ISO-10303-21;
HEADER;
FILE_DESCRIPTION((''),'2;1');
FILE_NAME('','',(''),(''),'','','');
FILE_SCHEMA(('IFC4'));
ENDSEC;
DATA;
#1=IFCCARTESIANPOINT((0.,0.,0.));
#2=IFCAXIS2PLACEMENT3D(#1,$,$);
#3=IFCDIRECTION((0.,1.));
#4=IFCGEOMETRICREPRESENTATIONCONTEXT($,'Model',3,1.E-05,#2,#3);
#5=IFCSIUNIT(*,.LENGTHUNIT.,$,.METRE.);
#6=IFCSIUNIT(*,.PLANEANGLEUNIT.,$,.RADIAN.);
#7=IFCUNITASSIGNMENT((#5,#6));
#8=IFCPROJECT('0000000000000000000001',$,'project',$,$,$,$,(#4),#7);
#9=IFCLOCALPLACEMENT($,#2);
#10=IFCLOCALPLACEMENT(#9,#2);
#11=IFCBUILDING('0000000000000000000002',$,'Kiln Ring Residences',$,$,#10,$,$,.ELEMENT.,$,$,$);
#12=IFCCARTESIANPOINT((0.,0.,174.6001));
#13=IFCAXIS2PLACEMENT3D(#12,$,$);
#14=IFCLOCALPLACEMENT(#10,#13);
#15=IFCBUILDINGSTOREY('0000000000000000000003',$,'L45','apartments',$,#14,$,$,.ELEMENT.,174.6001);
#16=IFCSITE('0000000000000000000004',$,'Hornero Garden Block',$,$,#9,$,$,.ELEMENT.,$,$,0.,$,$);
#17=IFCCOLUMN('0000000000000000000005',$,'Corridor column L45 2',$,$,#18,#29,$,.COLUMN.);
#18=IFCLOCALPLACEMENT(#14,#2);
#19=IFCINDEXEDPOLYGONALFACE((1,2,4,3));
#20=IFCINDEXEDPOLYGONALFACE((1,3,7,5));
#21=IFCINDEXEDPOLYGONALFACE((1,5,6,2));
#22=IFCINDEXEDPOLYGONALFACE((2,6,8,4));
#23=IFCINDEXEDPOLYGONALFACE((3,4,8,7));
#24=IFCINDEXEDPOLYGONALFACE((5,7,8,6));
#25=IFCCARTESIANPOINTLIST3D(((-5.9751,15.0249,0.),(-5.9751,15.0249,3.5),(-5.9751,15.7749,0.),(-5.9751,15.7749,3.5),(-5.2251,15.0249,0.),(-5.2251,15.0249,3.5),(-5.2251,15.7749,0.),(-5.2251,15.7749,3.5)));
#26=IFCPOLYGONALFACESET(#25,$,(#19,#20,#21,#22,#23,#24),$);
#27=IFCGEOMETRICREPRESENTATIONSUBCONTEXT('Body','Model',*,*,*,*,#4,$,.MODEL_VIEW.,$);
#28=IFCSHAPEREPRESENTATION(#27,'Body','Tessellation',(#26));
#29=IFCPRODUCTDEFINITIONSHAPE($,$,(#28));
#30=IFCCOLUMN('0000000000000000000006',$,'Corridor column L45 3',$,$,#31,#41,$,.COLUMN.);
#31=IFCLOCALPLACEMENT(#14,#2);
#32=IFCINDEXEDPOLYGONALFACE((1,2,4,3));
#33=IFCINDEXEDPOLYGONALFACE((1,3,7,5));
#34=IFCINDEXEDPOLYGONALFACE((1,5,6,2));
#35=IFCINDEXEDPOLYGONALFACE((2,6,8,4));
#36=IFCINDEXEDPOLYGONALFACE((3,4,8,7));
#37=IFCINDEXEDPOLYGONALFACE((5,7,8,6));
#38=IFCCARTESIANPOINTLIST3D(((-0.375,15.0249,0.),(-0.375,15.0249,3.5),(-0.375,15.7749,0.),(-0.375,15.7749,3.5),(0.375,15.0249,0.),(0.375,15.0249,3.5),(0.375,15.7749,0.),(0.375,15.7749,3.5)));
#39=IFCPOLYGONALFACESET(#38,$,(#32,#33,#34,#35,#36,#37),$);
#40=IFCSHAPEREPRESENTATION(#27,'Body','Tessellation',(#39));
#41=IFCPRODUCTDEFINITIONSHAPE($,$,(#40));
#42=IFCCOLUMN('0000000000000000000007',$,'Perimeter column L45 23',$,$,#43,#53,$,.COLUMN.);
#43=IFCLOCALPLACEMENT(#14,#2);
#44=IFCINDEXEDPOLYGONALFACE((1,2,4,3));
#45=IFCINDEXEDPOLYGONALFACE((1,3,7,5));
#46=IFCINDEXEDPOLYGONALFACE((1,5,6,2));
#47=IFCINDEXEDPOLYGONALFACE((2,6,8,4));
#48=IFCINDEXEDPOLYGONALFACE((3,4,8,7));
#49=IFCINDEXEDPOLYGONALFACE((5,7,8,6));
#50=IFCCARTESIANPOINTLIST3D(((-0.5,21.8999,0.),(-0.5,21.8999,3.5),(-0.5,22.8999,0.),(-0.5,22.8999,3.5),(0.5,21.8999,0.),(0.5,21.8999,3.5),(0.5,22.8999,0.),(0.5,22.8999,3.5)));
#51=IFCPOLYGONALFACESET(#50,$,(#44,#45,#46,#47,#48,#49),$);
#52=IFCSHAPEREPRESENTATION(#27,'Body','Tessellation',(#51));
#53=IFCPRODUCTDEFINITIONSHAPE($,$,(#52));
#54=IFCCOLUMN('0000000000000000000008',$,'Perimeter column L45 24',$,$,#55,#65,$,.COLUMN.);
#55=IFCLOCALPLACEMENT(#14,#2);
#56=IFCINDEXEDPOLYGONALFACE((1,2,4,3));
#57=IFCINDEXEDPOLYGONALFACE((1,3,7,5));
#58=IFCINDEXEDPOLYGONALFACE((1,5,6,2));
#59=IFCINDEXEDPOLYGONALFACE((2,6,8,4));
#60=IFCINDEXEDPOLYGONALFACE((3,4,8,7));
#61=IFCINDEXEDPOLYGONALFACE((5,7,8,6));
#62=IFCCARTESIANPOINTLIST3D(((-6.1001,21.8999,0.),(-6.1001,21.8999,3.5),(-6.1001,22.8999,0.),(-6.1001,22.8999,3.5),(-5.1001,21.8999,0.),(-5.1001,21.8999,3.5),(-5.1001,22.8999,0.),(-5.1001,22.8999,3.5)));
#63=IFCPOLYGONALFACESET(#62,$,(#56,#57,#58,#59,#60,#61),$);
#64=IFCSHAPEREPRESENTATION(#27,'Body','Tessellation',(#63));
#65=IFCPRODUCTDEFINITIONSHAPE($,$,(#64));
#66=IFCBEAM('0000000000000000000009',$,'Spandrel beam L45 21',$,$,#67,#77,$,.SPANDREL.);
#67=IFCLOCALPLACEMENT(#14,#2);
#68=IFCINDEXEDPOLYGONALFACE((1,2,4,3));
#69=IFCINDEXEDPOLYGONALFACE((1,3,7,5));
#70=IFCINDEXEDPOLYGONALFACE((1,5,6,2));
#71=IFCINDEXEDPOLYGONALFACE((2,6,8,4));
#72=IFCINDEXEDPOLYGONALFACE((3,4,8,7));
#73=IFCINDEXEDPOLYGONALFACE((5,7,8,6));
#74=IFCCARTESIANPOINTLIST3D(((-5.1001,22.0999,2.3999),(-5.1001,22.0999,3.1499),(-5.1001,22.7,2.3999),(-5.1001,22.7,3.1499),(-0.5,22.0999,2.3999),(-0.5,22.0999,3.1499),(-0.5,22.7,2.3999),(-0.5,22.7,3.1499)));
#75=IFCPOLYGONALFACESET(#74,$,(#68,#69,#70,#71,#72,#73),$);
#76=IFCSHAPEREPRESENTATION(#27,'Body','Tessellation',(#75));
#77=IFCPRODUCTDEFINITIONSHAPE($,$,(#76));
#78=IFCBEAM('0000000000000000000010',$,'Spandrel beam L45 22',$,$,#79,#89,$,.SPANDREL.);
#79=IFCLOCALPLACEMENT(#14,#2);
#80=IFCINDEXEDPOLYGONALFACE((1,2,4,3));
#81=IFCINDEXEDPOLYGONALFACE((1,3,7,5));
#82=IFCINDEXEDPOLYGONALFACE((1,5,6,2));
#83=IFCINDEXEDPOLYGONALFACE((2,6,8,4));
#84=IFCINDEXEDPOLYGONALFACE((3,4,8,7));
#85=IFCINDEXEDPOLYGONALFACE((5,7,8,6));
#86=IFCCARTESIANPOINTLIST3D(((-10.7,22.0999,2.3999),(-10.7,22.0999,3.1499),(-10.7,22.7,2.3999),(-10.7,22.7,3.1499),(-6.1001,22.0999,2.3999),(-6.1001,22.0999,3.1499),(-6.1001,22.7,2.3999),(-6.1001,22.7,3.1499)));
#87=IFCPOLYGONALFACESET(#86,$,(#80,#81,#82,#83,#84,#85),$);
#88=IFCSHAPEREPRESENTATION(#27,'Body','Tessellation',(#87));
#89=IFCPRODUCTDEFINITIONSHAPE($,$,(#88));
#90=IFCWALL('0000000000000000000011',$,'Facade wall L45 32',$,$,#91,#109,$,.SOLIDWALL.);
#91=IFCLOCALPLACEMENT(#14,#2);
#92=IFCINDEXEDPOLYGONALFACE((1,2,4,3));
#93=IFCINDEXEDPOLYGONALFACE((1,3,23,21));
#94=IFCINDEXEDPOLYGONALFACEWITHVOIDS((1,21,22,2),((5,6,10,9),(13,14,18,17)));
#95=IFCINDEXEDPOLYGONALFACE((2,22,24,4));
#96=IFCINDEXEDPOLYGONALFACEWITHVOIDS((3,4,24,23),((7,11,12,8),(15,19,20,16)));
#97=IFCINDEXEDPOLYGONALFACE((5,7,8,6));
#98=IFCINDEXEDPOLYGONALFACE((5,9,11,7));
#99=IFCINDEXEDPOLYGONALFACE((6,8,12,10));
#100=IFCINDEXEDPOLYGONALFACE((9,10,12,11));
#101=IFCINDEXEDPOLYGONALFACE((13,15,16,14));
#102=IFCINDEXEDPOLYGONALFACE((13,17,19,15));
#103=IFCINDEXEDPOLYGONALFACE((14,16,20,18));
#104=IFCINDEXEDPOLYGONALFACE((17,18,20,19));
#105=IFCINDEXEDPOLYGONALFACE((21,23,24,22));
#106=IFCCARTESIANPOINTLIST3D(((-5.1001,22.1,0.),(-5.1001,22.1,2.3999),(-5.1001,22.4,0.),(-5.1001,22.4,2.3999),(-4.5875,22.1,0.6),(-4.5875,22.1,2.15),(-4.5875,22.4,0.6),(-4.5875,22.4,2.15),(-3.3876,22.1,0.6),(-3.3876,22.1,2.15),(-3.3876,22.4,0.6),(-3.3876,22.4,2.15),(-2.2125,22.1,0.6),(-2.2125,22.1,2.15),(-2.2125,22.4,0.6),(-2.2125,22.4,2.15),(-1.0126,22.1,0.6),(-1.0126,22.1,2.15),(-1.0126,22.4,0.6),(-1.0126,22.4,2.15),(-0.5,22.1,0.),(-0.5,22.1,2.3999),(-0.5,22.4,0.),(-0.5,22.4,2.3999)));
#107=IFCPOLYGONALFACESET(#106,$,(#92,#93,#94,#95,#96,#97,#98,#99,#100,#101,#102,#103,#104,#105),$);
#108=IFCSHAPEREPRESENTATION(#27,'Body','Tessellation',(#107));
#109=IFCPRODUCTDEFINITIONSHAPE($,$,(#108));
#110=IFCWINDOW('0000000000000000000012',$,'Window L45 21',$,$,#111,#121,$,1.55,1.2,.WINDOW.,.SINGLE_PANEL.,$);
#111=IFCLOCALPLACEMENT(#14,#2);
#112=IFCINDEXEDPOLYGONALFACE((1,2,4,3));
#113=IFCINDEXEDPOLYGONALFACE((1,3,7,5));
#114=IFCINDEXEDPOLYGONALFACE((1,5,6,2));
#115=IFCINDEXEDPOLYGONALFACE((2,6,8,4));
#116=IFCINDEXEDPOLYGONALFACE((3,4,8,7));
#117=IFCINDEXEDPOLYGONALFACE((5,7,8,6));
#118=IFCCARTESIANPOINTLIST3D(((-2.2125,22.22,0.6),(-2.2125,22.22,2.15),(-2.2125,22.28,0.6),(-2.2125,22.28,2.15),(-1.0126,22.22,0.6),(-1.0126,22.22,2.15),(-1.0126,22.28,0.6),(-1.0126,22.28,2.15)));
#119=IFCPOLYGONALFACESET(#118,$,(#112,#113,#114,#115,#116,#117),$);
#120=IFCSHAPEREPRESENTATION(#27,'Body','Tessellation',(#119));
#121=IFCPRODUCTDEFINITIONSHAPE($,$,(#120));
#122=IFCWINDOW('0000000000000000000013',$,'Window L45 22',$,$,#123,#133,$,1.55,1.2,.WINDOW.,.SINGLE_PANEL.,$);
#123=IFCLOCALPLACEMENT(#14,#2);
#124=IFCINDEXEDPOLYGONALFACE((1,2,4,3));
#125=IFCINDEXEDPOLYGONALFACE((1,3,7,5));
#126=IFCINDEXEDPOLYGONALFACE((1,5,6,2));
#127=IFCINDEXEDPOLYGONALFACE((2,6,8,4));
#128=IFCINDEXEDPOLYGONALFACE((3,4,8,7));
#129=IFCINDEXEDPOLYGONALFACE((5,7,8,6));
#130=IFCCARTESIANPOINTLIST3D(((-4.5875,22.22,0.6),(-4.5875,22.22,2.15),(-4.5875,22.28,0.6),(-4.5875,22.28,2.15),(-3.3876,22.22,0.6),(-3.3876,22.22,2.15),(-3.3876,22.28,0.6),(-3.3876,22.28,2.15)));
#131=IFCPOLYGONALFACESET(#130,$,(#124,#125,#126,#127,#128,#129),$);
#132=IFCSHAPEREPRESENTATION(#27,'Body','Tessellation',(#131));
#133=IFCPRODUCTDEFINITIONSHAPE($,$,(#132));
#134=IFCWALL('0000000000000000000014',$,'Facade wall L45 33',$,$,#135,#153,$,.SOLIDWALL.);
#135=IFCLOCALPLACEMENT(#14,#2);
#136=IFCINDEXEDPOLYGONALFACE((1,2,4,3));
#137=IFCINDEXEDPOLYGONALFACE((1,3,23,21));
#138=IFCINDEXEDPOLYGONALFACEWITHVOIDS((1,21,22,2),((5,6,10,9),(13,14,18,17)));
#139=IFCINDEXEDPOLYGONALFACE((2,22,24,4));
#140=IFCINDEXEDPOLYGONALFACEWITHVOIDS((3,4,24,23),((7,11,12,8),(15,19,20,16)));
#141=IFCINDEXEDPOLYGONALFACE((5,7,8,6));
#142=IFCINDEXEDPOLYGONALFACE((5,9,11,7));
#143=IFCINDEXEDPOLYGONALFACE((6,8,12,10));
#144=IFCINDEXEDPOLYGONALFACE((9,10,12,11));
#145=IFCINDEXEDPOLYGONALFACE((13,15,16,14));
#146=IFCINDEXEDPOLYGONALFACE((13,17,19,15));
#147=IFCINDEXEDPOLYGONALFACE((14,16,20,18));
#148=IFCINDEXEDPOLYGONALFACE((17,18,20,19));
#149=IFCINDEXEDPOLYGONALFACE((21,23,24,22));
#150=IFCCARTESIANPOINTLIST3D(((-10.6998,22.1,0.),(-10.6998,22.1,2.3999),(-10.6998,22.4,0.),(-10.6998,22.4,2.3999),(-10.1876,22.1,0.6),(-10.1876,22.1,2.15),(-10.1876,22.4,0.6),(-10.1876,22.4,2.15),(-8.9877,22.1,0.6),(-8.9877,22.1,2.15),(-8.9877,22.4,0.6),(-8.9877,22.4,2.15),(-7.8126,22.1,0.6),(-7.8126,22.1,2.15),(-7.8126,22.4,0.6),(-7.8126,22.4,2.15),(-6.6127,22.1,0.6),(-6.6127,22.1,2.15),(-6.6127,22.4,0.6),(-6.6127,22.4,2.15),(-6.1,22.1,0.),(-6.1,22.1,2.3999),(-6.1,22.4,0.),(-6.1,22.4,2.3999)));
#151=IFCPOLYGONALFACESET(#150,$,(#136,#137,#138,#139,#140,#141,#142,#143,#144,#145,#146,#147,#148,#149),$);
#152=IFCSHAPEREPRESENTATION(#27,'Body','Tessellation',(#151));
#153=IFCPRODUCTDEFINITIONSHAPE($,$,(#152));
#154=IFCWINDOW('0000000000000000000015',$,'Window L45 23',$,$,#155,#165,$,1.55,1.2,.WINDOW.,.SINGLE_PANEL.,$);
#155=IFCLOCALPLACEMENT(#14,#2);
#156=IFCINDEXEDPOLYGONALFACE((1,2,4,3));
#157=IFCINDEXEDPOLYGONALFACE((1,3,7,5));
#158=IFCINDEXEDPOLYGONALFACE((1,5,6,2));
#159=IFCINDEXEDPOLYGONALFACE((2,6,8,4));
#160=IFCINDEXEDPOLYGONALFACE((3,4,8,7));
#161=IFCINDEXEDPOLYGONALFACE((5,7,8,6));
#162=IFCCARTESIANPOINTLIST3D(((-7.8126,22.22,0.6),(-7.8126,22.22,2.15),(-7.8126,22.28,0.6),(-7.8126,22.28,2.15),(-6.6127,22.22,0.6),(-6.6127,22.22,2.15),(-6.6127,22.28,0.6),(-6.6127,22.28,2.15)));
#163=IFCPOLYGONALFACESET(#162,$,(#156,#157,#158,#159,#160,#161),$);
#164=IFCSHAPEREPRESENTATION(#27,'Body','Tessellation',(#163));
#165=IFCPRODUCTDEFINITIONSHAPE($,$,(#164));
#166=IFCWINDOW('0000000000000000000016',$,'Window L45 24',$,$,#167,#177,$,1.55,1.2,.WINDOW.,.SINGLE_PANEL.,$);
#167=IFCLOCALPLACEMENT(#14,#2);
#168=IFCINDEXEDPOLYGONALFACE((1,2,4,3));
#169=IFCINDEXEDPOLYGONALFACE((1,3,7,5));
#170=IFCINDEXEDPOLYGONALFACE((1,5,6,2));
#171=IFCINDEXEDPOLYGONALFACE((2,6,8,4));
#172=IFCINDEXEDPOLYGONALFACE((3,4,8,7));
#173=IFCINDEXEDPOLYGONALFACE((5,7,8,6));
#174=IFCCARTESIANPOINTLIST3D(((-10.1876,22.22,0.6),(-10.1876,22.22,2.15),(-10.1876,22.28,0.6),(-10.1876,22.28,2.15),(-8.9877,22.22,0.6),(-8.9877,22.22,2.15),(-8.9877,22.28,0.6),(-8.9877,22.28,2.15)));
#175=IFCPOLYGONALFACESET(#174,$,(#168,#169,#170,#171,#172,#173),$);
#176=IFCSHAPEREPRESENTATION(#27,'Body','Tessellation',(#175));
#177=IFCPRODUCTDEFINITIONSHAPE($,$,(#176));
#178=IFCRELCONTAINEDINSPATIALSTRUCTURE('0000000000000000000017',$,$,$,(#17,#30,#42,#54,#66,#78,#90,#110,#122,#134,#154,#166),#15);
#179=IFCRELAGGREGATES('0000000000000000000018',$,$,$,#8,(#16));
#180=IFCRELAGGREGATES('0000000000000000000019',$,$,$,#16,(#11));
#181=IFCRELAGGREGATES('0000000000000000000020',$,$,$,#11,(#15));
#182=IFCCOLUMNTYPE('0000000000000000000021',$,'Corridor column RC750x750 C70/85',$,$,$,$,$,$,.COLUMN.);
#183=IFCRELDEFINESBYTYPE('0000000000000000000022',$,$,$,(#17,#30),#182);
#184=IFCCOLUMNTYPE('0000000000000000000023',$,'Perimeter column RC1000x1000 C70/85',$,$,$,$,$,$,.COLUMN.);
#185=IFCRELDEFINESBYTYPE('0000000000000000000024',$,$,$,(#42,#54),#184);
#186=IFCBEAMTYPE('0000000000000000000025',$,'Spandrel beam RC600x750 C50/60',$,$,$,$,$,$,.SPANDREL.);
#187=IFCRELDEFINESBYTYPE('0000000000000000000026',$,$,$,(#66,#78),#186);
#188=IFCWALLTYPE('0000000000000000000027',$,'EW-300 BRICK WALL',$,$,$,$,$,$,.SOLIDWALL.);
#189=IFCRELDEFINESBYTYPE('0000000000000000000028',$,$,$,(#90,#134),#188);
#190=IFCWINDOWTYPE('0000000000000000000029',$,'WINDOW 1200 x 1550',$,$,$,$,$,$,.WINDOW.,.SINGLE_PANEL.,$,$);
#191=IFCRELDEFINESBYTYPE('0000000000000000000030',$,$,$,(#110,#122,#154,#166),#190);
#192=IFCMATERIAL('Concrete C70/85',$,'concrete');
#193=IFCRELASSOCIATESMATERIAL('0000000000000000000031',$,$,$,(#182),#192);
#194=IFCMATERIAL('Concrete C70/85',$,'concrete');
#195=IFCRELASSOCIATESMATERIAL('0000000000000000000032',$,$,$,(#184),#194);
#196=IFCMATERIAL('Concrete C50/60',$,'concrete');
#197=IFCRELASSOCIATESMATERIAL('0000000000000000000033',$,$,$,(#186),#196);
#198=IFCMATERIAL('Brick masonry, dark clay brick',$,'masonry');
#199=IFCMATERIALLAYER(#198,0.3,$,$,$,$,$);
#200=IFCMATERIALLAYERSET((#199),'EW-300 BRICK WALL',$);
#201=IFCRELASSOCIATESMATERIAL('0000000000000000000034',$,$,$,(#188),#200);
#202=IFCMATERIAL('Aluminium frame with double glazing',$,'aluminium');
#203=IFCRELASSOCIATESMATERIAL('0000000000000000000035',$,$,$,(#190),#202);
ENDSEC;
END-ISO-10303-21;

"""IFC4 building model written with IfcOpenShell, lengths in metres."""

from ifc_helpers import new_model, si_unit, direction, frame, frame_2d, origin, origin_2d, place, context, subcontext, project, spatial, rectangle, extrude, material, layer, layer_set, material_profile, profile_set, type_object, element, fill, save


model = new_model("IFC4")

# Units and contexts
model_context = context("Model", 3, precision=1e-05, world=origin(), true_north=direction((0.0, 1.0)))
body_context = subcontext(model_context, "Body", "Model", "MODEL_VIEW")
ifc_project = project(units=[si_unit("LENGTHUNIT", "METRE"), si_unit("PLANEANGLEUNIT", "RADIAN")], contexts=[model_context])

# Site, building, storey
site_placement = place(None, origin())
site = spatial("IfcSite", under=ifc_project, at=site_placement, Name="Hornero Garden Block", CompositionType="ELEMENT", RefElevation=0.0)
building_placement = place(site_placement, origin())
building = spatial("IfcBuilding", under=site, at=building_placement, Name="Kiln Ring Residences", CompositionType="ELEMENT")
storey_placement = place(building_placement, frame((0.0, 0.0, 174.6001)))
storey = spatial("IfcBuildingStorey", under=building, at=storey_placement, Name="L45", Description="apartments", CompositionType="ELEMENT", Elevation=174.6001)

# Columns
ifc_material_1 = material(Name="Concrete C70/85", Category="concrete")
ifc_material_profile_1 = material_profile(ifc_material_1, rectangle(XDim=0.75, YDim=0.75, at=origin_2d()), Name="RC750x750")
ifc_profile_set_1 = profile_set([ifc_material_profile_1], Name="Concrete C70/85")
column_type_1 = type_object("IfcColumnType", Name="Corridor column RC750x750 C70/85", PredefinedType="COLUMN", material=ifc_profile_set_1)
for number, where, z_axis, x_axis, name in (
    (1, (-5.6001, 15.3999, 0.0), (0.0, 0.0, 1.0), (1.0, 0.0, 0.0), "Corridor column L45 2"),
    (2, (0.0, 15.3999, 0.0), (0.0, 0.0, 1.0), (1.0, 0.0, 0.0), "Corridor column L45 3"),
):
    element("IfcColumn", number, at=place(storey_placement, frame(where, z_axis=z_axis, x_axis=x_axis)), inside=storey, type_object=column_type_1, Name=name, PredefinedType="COLUMN", context=body_context, shape_type="SweptSolid", body=[
        extrude(rectangle(XDim=0.75, YDim=0.75, at=origin_2d()), origin(), (0.0, 0.0, 1.0), 3.5),
    ])
ifc_material_2 = material(Name="Concrete C70/85", Category="concrete")
ifc_material_profile_2 = material_profile(ifc_material_2, rectangle(XDim=1.0, YDim=1.0, at=origin_2d()), Name="RC1000x1000")
ifc_profile_set_2 = profile_set([ifc_material_profile_2], Name="Concrete C70/85")
column_type_2 = type_object("IfcColumnType", Name="Perimeter column RC1000x1000 C70/85", PredefinedType="COLUMN", material=ifc_profile_set_2)
for number, where, z_axis, x_axis, name in (
    (3, (0.0, 22.3999, 0.0), (0.0, 0.0, 1.0), (1.0, 0.0, 0.0), "Perimeter column L45 23"),
    (4, (-5.6001, 22.3999, 0.0), (0.0, 0.0, 1.0), (1.0, 0.0, 0.0), "Perimeter column L45 24"),
):
    element("IfcColumn", number, at=place(storey_placement, frame(where, z_axis=z_axis, x_axis=x_axis)), inside=storey, type_object=column_type_2, Name=name, PredefinedType="COLUMN", context=body_context, shape_type="SweptSolid", body=[
        extrude(rectangle(XDim=1.0, YDim=1.0, at=origin_2d()), origin(), (0.0, 0.0, 1.0), 3.5),
    ])

# Beams
ifc_material_3 = material(Name="Concrete C50/60", Category="concrete")
ifc_material_profile_3 = material_profile(ifc_material_3, rectangle(XDim=0.6001, YDim=0.75, at=origin_2d()), Name="RC600x750")
ifc_profile_set_3 = profile_set([ifc_material_profile_3], Name="Concrete C50/60")
beam_type = type_object("IfcBeamType", Name="Spandrel beam RC600x750 C50/60", PredefinedType="SPANDREL", material=ifc_profile_set_3)
beam_1_placement = place(storey_placement, frame((-0.5, 22.3999, 2.7749), z_axis=(-1.0, 0.0, 0.0), x_axis=(0.0, -1.0, 0.0)))
element("IfcBeam", 5, at=beam_1_placement, inside=storey, type_object=beam_type, Name="Spandrel beam L45 21", PredefinedType="SPANDREL", context=body_context, shape_type="SweptSolid", body=[
    extrude(rectangle(XDim=0.6001, YDim=0.75, at=origin_2d()), origin(), (0.0, 0.0, 1.0), 4.6001),
])
beam_2_placement = place(storey_placement, frame((-6.1001, 22.3999, 2.7749), z_axis=(-1.0, 0.0, 0.0), x_axis=(0.0, -1.0, 0.0)))
element("IfcBeam", 6, at=beam_2_placement, inside=storey, type_object=beam_type, Name="Spandrel beam L45 22", PredefinedType="SPANDREL", context=body_context, shape_type="SweptSolid", body=[
    extrude(rectangle(XDim=0.6001, YDim=0.75, at=origin_2d()), origin(), (0.0, 0.0, 1.0), 4.5999),
])

# Walls, openings, windows
ifc_material_4 = material(Name="Brick masonry, dark clay brick", Category="masonry")
ifc_layer_1 = layer(ifc_material_4, 0.3)
ifc_layer_set_1 = layer_set([ifc_layer_1], Name="EW-300 BRICK WALL")
wall_type_1 = type_object("IfcWallType", Name="EW-300 BRICK WALL", PredefinedType="SOLIDWALL", material=ifc_layer_set_1)
wall_1_placement = place(storey_placement, frame((-0.5, 22.25, 0.0), z_axis=(0.0, 0.0, 1.0), x_axis=(-1.0, 0.0, 0.0)))
wall_1 = element("IfcWall", 7, at=wall_1_placement, inside=storey, type_object=wall_type_1, Name="Facade wall L45 32", PredefinedType="SOLIDWALL", context=body_context, shape_type="SweptSolid", body=[
    extrude(rectangle(XDim=4.6001, YDim=0.3, at=frame_2d((2.3, 0.0))), origin(), (0.0, 0.0, 1.0), 2.3999),
])
opening_1_placement = place(wall_1_placement, frame((0.5125, 0.0, 0.6001)))
opening_1 = element("IfcOpeningElement", 8, at=opening_1_placement, cuts=wall_1, PredefinedType="OPENING", context=body_context, shape_type="SweptSolid", body=[
    extrude(rectangle(XDim=1.2, YDim=1.55, at=frame_2d((0.6001, 0.7749))), frame((0.0, 0.1599, 0.0), z_axis=(0.0, -1.0, 0.0), x_axis=(1.0, 0.0, 0.0)), (0.0, 0.0, 1.0), 0.3201),
])
opening_2_placement = place(wall_1_placement, frame((2.8875, 0.0, 0.6001)))
opening_2 = element("IfcOpeningElement", 9, at=opening_2_placement, cuts=wall_1, PredefinedType="OPENING", context=body_context, shape_type="SweptSolid", body=[
    extrude(rectangle(XDim=1.2, YDim=1.55, at=frame_2d((0.6001, 0.7749))), frame((0.0, 0.1599, 0.0), z_axis=(0.0, -1.0, 0.0), x_axis=(1.0, 0.0, 0.0)), (0.0, 0.0, 1.0), 0.3201),
])
ifc_material_5 = material(Name="Aluminium frame with double glazing", Category="aluminium")
window_type = type_object("IfcWindowType", Name="WINDOW 1200 x 1550", PartitioningType="SINGLE_PANEL", PredefinedType="WINDOW", material=ifc_material_5)
window_1_placement = place(opening_1_placement, origin())
window_1 = element("IfcWindow", 10, at=window_1_placement, inside=storey, type_object=window_type, Name="Window L45 21", OverallHeight=1.55, OverallWidth=1.2, PartitioningType="SINGLE_PANEL", PredefinedType="WINDOW", context=body_context, shape_type="SweptSolid", body=[
    extrude(rectangle(XDim=1.2, YDim=1.55, at=frame_2d((0.6001, 0.7749))), frame((0.0, 0.03, 0.0), z_axis=(0.0, -1.0, 0.0), x_axis=(1.0, 0.0, 0.0)), (0.0, 0.0, 1.0), 0.0601),
])
fill(opening_1, window_1)
window_2_placement = place(opening_2_placement, origin())
window_2 = element("IfcWindow", 11, at=window_2_placement, inside=storey, type_object=window_type, Name="Window L45 22", OverallHeight=1.55, OverallWidth=1.2, PartitioningType="SINGLE_PANEL", PredefinedType="WINDOW", context=body_context, shape_type="SweptSolid", body=[
    extrude(rectangle(XDim=1.2, YDim=1.55, at=frame_2d((0.6001, 0.7749))), frame((0.0, 0.03, 0.0), z_axis=(0.0, -1.0, 0.0), x_axis=(1.0, 0.0, 0.0)), (0.0, 0.0, 1.0), 0.0601),
])
fill(opening_2, window_2)
wall_2_placement = place(storey_placement, frame((-6.1001, 22.25, 0.0), z_axis=(0.0, 0.0, 1.0), x_axis=(-1.0, 0.0, 0.0)))
wall_2 = element("IfcWall", 12, at=wall_2_placement, inside=storey, type_object=wall_type_1, Name="Facade wall L45 33", PredefinedType="SOLIDWALL", context=body_context, shape_type="SweptSolid", body=[
    extrude(rectangle(XDim=4.5999, YDim=0.3, at=frame_2d((2.2998, 0.0))), origin(), (0.0, 0.0, 1.0), 2.3999),
])
opening_3_placement = place(wall_2_placement, frame((0.5125, 0.0, 0.6001)))
opening_3 = element("IfcOpeningElement", 13, at=opening_3_placement, cuts=wall_2, PredefinedType="OPENING", context=body_context, shape_type="SweptSolid", body=[
    extrude(rectangle(XDim=1.2, YDim=1.55, at=frame_2d((0.6001, 0.7749))), frame((0.0, 0.1599, 0.0), z_axis=(0.0, -1.0, 0.0), x_axis=(1.0, 0.0, 0.0)), (0.0, 0.0, 1.0), 0.3201),
])
opening_4_placement = place(wall_2_placement, frame((2.8875, 0.0, 0.6001)))
opening_4 = element("IfcOpeningElement", 14, at=opening_4_placement, cuts=wall_2, PredefinedType="OPENING", context=body_context, shape_type="SweptSolid", body=[
    extrude(rectangle(XDim=1.2, YDim=1.55, at=frame_2d((0.6001, 0.7749))), frame((0.0, 0.1599, 0.0), z_axis=(0.0, -1.0, 0.0), x_axis=(1.0, 0.0, 0.0)), (0.0, 0.0, 1.0), 0.3201),
])
window_3_placement = place(opening_3_placement, origin())
window_3 = element("IfcWindow", 15, at=window_3_placement, inside=storey, type_object=window_type, Name="Window L45 23", OverallHeight=1.55, OverallWidth=1.2, PartitioningType="SINGLE_PANEL", PredefinedType="WINDOW", context=body_context, shape_type="SweptSolid", body=[
    extrude(rectangle(XDim=1.2, YDim=1.55, at=frame_2d((0.6001, 0.7749))), frame((0.0, 0.03, 0.0), z_axis=(0.0, -1.0, 0.0), x_axis=(1.0, 0.0, 0.0)), (0.0, 0.0, 1.0), 0.0601),
])
fill(opening_3, window_3)
window_4_placement = place(opening_4_placement, origin())
window_4 = element("IfcWindow", 16, at=window_4_placement, inside=storey, type_object=window_type, Name="Window L45 24", OverallHeight=1.55, OverallWidth=1.2, PartitioningType="SINGLE_PANEL", PredefinedType="WINDOW", context=body_context, shape_type="SweptSolid", body=[
    extrude(rectangle(XDim=1.2, YDim=1.55, at=frame_2d((0.6001, 0.7749))), frame((0.0, 0.03, 0.0), z_axis=(0.0, -1.0, 0.0), x_axis=(1.0, 0.0, 0.0)), (0.0, 0.0, 1.0), 0.0601),
])
fill(opening_4, window_4)

save(model, "model.ifc")
